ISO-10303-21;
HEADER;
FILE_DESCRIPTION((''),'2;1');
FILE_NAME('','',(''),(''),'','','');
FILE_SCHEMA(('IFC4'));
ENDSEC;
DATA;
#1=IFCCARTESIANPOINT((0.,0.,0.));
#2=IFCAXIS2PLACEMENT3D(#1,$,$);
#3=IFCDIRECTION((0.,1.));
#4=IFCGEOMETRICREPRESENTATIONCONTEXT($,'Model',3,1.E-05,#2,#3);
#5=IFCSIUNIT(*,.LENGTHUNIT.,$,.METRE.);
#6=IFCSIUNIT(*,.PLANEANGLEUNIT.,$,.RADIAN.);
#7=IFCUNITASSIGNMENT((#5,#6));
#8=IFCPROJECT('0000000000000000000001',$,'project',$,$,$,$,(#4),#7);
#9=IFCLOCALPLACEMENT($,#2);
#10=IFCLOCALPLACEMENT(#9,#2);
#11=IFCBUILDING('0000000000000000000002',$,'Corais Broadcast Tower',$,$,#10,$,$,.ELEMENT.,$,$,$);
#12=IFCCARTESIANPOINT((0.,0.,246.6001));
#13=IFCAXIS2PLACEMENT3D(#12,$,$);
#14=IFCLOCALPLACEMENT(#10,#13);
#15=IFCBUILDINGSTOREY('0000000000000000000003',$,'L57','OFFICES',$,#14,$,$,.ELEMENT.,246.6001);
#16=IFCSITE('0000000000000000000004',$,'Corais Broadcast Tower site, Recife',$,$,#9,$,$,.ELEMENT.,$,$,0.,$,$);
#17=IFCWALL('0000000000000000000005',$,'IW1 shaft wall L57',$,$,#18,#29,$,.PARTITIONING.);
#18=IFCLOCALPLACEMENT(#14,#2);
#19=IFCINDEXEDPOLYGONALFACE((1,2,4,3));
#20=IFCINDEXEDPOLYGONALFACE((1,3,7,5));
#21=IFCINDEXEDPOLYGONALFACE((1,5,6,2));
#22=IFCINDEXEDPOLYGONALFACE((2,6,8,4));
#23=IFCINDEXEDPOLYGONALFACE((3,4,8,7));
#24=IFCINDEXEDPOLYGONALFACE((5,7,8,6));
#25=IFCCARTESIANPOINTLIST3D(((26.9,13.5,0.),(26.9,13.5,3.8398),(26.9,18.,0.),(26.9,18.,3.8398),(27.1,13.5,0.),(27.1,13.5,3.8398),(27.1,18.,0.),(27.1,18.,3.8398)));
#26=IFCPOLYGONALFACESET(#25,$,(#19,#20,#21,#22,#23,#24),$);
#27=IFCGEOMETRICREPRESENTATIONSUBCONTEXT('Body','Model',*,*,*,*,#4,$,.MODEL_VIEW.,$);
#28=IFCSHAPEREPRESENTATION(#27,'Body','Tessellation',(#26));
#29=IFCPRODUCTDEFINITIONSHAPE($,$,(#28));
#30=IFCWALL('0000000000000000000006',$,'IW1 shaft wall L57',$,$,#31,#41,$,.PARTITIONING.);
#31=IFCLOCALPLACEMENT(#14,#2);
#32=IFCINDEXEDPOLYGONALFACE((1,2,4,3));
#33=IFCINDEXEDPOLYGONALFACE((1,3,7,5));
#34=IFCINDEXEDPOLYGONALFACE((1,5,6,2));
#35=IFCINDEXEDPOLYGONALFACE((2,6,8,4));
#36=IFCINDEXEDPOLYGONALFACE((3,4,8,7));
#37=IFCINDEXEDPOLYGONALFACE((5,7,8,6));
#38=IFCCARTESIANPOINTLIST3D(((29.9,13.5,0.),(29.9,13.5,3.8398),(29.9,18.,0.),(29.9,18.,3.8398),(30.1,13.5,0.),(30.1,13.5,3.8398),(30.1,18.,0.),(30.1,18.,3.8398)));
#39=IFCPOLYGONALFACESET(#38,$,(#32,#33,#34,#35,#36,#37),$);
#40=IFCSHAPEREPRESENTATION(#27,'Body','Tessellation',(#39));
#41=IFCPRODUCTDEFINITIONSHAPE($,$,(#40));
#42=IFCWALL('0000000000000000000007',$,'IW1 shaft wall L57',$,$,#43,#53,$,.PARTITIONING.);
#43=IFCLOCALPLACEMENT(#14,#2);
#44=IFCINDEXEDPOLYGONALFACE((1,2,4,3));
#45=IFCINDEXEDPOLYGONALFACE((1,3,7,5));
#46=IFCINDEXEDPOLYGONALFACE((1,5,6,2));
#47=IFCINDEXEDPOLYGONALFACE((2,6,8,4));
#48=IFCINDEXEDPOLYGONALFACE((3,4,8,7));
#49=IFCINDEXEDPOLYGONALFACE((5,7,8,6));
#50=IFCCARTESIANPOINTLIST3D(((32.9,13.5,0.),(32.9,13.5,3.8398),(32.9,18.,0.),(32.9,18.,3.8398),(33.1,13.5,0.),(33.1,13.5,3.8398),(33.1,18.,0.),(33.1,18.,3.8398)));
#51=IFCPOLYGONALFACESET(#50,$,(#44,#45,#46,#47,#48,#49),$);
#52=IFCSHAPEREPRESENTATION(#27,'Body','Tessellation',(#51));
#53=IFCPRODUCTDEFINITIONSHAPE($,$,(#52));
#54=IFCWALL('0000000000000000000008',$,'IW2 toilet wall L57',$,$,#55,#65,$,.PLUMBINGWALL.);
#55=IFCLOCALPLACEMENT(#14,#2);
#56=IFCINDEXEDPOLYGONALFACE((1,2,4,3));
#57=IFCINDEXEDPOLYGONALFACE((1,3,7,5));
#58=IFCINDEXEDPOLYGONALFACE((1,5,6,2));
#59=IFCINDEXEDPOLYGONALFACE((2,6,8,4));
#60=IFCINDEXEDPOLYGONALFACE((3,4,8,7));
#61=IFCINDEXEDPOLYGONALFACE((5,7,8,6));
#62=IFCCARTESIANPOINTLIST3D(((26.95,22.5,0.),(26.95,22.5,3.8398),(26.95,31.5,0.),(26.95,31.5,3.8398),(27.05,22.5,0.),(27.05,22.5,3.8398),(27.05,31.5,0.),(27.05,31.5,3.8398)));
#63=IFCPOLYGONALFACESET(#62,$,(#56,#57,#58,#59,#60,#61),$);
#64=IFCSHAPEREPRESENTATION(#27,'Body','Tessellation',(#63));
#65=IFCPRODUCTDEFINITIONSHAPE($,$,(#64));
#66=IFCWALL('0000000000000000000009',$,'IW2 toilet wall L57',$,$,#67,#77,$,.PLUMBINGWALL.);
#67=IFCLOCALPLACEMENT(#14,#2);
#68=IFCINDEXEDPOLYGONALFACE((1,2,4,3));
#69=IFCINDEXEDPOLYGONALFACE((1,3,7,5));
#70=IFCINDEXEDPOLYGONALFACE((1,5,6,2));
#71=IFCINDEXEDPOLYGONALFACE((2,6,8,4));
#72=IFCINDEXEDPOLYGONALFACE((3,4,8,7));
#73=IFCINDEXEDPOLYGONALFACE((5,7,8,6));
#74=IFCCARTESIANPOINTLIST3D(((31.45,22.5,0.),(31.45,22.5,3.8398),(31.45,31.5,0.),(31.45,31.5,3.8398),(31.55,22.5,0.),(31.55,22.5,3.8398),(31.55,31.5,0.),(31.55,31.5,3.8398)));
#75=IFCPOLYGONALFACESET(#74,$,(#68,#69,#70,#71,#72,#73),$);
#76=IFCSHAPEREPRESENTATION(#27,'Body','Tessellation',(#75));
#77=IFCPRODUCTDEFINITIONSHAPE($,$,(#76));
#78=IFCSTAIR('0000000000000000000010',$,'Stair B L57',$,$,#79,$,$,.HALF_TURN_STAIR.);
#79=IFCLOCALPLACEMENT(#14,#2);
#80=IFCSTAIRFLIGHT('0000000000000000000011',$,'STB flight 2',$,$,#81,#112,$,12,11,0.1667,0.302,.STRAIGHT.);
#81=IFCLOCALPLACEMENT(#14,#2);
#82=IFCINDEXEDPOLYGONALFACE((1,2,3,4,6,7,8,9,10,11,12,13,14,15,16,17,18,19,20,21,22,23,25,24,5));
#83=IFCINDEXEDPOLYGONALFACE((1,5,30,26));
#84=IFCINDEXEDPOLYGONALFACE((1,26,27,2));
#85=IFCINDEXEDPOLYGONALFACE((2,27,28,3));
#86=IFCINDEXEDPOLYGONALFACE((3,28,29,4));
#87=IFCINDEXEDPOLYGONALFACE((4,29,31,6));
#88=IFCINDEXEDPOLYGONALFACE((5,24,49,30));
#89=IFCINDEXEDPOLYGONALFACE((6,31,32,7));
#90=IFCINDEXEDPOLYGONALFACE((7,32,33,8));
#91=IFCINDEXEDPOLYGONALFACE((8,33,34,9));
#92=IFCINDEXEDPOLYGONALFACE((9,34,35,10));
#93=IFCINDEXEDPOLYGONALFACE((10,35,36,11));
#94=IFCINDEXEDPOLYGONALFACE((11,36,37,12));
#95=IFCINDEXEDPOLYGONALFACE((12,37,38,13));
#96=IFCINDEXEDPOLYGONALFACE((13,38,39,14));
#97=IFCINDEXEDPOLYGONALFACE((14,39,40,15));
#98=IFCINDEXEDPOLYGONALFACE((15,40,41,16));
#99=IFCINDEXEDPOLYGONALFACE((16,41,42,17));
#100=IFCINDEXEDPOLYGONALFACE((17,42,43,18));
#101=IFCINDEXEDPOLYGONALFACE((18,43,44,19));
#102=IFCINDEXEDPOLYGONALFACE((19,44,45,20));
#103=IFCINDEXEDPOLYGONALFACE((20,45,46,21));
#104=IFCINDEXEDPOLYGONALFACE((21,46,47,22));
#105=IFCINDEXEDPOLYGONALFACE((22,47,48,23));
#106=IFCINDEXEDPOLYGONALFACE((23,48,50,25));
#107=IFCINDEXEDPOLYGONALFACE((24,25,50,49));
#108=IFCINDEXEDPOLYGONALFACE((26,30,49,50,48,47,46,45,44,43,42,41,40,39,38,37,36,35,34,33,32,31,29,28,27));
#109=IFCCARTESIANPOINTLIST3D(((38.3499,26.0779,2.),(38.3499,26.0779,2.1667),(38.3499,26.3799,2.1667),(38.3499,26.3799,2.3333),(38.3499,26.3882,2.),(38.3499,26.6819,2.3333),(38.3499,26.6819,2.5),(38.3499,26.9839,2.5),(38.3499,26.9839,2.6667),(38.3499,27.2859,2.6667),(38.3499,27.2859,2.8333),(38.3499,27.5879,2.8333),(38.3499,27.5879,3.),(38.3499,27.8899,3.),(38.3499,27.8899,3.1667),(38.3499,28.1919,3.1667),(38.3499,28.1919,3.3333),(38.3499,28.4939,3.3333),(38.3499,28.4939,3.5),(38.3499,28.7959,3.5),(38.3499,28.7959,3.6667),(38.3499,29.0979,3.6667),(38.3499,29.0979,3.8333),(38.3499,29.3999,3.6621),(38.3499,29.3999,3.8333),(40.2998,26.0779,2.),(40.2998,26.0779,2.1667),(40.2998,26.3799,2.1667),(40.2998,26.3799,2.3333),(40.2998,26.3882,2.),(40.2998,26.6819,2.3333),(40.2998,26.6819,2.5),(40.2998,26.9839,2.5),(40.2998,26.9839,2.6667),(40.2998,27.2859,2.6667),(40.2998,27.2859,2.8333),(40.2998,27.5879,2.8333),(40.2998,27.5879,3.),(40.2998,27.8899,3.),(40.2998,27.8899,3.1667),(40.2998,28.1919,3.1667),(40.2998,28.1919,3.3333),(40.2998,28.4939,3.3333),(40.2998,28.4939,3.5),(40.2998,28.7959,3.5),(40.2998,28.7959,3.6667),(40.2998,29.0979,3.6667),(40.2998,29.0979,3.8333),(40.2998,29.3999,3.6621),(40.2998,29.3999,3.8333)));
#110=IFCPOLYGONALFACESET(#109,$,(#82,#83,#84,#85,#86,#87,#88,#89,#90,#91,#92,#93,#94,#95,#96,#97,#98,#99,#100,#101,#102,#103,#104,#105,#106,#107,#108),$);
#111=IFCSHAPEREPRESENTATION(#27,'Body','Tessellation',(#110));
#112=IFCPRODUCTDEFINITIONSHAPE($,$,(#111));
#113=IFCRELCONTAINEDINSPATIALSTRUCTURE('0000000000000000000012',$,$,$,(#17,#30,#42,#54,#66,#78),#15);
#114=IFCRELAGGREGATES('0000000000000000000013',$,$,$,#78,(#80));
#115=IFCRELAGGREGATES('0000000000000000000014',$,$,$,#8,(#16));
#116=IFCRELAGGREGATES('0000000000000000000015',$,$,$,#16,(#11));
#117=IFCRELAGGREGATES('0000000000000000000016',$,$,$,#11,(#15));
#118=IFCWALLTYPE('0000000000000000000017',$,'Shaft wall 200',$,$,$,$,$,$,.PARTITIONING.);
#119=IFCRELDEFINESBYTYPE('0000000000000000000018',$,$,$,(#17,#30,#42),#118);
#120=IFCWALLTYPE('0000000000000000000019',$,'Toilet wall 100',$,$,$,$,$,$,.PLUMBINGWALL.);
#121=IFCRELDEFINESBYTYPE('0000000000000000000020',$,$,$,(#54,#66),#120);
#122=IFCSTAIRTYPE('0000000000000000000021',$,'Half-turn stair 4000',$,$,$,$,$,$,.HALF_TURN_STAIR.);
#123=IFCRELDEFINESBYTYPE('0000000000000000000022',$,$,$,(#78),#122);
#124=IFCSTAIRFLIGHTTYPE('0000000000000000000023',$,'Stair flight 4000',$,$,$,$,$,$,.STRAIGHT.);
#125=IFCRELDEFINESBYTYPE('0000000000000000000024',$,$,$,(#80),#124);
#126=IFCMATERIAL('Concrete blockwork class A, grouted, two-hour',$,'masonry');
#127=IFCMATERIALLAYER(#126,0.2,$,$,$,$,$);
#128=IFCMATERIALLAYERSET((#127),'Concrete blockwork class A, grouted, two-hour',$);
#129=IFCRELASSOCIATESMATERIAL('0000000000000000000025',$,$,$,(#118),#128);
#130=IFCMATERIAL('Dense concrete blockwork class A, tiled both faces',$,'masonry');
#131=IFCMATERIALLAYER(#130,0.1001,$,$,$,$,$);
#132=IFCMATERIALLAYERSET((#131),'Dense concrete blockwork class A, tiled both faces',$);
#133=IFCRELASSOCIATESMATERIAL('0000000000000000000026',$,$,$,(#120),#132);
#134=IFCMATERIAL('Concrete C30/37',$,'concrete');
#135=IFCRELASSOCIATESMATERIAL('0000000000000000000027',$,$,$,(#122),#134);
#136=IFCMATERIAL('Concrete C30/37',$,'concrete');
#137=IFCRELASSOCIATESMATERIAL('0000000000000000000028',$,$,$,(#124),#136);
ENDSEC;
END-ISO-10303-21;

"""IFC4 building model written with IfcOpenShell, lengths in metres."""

from ifc_helpers import new_model, si_unit, direction, frame, frame_2d, origin, place, context, subcontext, project, spatial, polyline, rectangle, outline, extrude, material, layer, layer_set, type_object, element, aggregate, save


model = new_model("IFC4")

# Units and contexts
model_context = context("Model", 3, precision=1e-05, world=origin(), true_north=direction((0.0, 1.0)))
body_context = subcontext(model_context, "Body", "Model", "MODEL_VIEW")
ifc_project = project(units=[si_unit("LENGTHUNIT", "METRE"), si_unit("PLANEANGLEUNIT", "RADIAN")], contexts=[model_context])

# Site, building, storey
site_placement = place(None, origin())
site = spatial("IfcSite", under=ifc_project, at=site_placement, Name="Corais Broadcast Tower site, Recife", CompositionType="ELEMENT", RefElevation=0.0)
building_placement = place(site_placement, origin())
building = spatial("IfcBuilding", under=site, at=building_placement, Name="Corais Broadcast Tower", CompositionType="ELEMENT")
storey_placement = place(building_placement, frame((0.0, 0.0, 246.6001)))
storey = spatial("IfcBuildingStorey", under=building, at=storey_placement, Name="L57", Description="OFFICES", CompositionType="ELEMENT", Elevation=246.6001)

# Walls
ifc_material_1 = material(Name="Concrete blockwork class A, grouted, two-hour", Category="masonry")
ifc_layer_1 = layer(ifc_material_1, 0.2)
ifc_layer_set_1 = layer_set([ifc_layer_1], Name="Concrete blockwork class A, grouted, two-hour")
wall_type_1 = type_object("IfcWallType", Name="Shaft wall 200", PredefinedType="PARTITIONING", material=ifc_layer_set_1)
for number, where, z_axis, x_axis, name in (
    (1, (27.0, 13.5, 0.0), (0.0, 0.0, 1.0), (0.0, 1.0, 0.0), "IW1 shaft wall L57"),
    (2, (30.0, 13.5, 0.0), (0.0, 0.0, 1.0), (0.0, 1.0, 0.0), "IW1 shaft wall L57"),
    (3, (33.0, 13.5, 0.0), (0.0, 0.0, 1.0), (0.0, 1.0, 0.0), "IW1 shaft wall L57"),
):
    element("IfcWall", number, at=place(storey_placement, frame(where, z_axis=z_axis, x_axis=x_axis)), inside=storey, type_object=wall_type_1, Name=name, PredefinedType="PARTITIONING", context=body_context, shape_type="SweptSolid", body=[
        extrude(rectangle(XDim=4.5, YDim=0.2, at=frame_2d((2.25, 0.0))), origin(), (0.0, 0.0, 1.0), 3.8398),
    ])
ifc_material_2 = material(Name="Dense concrete blockwork class A, tiled both faces", Category="masonry")
ifc_layer_2 = layer(ifc_material_2, 0.1001)
ifc_layer_set_2 = layer_set([ifc_layer_2], Name="Dense concrete blockwork class A, tiled both faces")
wall_type_2 = type_object("IfcWallType", Name="Toilet wall 100", PredefinedType="PLUMBINGWALL", material=ifc_layer_set_2)
for number, where, z_axis, x_axis, name in (
    (4, (27.0, 22.5, 0.0), (0.0, 0.0, 1.0), (0.0, 1.0, 0.0), "IW2 toilet wall L57"),
    (5, (31.5, 22.5, 0.0), (0.0, 0.0, 1.0), (0.0, 1.0, 0.0), "IW2 toilet wall L57"),
):
    element("IfcWall", number, at=place(storey_placement, frame(where, z_axis=z_axis, x_axis=x_axis)), inside=storey, type_object=wall_type_2, Name=name, PredefinedType="PLUMBINGWALL", context=body_context, shape_type="SweptSolid", body=[
        extrude(rectangle(XDim=9.0, YDim=0.1001, at=frame_2d((4.5, 0.0))), origin(), (0.0, 0.0, 1.0), 3.8398),
    ])

# Stair, stair flight
ifc_material_3 = material(Name="Concrete C30/37", Category="concrete")
stair_type = type_object("IfcStairType", Name="Half-turn stair 4000", PredefinedType="HALF_TURN_STAIR", material=ifc_material_3)
stair_placement = place(storey_placement, origin())
stair = element("IfcStair", 6, at=stair_placement, inside=storey, type_object=stair_type, Name="Stair B L57", PredefinedType="HALF_TURN_STAIR")
ifc_material_4 = material(Name="Concrete C30/37", Category="concrete")
stair_flight_type = type_object("IfcStairFlightType", Name="Stair flight 4000", PredefinedType="STRAIGHT", material=ifc_material_4)
stair_flight_placement = place(storey_placement, frame((39.325, 26.0779, 2.0), z_axis=(0.0, 0.0, 1.0), x_axis=(0.0, 1.0, 0.0)))
stair_flight = element("IfcStairFlight", 7, at=stair_flight_placement, type_object=stair_flight_type, Name="STB flight 2", NumberOfRisers=12, NumberOfTreads=11, PredefinedType="STRAIGHT", RiserHeight=0.1667, TreadLength=0.302, context=body_context, shape_type="SweptSolid", body=[
    extrude(outline(polyline([(0.0, 0.0), (0.0, 0.1667), (0.302, 0.1667), (0.302, 0.3333), (0.604, 0.3333), (0.604, 0.5), (0.906, 0.5), (0.906, 0.6667), (1.208, 0.6667), (1.208, 0.8333), (1.51, 0.8333), (1.51, 1.0), (1.812, 1.0), (1.812, 1.1667), (2.114, 1.1667), (2.114, 1.3333), (2.416, 1.3333), (2.416, 1.5), (2.718, 1.5), (2.718, 1.6667), (3.02, 1.6667), (3.02, 1.8333), (3.322, 1.8333), (3.322, 2.0), (3.322, 1.6621), (0.3103, 0.0), (0.0, 0.0)])), frame((0.0, 0.9751, 0.0), z_axis=(0.0, -1.0, 0.0), x_axis=(1.0, 0.0, 0.0)), (0.0, 0.0, 1.0), 1.95),
])
aggregate(stair, [stair_flight])

save(model, "model.ifc")
